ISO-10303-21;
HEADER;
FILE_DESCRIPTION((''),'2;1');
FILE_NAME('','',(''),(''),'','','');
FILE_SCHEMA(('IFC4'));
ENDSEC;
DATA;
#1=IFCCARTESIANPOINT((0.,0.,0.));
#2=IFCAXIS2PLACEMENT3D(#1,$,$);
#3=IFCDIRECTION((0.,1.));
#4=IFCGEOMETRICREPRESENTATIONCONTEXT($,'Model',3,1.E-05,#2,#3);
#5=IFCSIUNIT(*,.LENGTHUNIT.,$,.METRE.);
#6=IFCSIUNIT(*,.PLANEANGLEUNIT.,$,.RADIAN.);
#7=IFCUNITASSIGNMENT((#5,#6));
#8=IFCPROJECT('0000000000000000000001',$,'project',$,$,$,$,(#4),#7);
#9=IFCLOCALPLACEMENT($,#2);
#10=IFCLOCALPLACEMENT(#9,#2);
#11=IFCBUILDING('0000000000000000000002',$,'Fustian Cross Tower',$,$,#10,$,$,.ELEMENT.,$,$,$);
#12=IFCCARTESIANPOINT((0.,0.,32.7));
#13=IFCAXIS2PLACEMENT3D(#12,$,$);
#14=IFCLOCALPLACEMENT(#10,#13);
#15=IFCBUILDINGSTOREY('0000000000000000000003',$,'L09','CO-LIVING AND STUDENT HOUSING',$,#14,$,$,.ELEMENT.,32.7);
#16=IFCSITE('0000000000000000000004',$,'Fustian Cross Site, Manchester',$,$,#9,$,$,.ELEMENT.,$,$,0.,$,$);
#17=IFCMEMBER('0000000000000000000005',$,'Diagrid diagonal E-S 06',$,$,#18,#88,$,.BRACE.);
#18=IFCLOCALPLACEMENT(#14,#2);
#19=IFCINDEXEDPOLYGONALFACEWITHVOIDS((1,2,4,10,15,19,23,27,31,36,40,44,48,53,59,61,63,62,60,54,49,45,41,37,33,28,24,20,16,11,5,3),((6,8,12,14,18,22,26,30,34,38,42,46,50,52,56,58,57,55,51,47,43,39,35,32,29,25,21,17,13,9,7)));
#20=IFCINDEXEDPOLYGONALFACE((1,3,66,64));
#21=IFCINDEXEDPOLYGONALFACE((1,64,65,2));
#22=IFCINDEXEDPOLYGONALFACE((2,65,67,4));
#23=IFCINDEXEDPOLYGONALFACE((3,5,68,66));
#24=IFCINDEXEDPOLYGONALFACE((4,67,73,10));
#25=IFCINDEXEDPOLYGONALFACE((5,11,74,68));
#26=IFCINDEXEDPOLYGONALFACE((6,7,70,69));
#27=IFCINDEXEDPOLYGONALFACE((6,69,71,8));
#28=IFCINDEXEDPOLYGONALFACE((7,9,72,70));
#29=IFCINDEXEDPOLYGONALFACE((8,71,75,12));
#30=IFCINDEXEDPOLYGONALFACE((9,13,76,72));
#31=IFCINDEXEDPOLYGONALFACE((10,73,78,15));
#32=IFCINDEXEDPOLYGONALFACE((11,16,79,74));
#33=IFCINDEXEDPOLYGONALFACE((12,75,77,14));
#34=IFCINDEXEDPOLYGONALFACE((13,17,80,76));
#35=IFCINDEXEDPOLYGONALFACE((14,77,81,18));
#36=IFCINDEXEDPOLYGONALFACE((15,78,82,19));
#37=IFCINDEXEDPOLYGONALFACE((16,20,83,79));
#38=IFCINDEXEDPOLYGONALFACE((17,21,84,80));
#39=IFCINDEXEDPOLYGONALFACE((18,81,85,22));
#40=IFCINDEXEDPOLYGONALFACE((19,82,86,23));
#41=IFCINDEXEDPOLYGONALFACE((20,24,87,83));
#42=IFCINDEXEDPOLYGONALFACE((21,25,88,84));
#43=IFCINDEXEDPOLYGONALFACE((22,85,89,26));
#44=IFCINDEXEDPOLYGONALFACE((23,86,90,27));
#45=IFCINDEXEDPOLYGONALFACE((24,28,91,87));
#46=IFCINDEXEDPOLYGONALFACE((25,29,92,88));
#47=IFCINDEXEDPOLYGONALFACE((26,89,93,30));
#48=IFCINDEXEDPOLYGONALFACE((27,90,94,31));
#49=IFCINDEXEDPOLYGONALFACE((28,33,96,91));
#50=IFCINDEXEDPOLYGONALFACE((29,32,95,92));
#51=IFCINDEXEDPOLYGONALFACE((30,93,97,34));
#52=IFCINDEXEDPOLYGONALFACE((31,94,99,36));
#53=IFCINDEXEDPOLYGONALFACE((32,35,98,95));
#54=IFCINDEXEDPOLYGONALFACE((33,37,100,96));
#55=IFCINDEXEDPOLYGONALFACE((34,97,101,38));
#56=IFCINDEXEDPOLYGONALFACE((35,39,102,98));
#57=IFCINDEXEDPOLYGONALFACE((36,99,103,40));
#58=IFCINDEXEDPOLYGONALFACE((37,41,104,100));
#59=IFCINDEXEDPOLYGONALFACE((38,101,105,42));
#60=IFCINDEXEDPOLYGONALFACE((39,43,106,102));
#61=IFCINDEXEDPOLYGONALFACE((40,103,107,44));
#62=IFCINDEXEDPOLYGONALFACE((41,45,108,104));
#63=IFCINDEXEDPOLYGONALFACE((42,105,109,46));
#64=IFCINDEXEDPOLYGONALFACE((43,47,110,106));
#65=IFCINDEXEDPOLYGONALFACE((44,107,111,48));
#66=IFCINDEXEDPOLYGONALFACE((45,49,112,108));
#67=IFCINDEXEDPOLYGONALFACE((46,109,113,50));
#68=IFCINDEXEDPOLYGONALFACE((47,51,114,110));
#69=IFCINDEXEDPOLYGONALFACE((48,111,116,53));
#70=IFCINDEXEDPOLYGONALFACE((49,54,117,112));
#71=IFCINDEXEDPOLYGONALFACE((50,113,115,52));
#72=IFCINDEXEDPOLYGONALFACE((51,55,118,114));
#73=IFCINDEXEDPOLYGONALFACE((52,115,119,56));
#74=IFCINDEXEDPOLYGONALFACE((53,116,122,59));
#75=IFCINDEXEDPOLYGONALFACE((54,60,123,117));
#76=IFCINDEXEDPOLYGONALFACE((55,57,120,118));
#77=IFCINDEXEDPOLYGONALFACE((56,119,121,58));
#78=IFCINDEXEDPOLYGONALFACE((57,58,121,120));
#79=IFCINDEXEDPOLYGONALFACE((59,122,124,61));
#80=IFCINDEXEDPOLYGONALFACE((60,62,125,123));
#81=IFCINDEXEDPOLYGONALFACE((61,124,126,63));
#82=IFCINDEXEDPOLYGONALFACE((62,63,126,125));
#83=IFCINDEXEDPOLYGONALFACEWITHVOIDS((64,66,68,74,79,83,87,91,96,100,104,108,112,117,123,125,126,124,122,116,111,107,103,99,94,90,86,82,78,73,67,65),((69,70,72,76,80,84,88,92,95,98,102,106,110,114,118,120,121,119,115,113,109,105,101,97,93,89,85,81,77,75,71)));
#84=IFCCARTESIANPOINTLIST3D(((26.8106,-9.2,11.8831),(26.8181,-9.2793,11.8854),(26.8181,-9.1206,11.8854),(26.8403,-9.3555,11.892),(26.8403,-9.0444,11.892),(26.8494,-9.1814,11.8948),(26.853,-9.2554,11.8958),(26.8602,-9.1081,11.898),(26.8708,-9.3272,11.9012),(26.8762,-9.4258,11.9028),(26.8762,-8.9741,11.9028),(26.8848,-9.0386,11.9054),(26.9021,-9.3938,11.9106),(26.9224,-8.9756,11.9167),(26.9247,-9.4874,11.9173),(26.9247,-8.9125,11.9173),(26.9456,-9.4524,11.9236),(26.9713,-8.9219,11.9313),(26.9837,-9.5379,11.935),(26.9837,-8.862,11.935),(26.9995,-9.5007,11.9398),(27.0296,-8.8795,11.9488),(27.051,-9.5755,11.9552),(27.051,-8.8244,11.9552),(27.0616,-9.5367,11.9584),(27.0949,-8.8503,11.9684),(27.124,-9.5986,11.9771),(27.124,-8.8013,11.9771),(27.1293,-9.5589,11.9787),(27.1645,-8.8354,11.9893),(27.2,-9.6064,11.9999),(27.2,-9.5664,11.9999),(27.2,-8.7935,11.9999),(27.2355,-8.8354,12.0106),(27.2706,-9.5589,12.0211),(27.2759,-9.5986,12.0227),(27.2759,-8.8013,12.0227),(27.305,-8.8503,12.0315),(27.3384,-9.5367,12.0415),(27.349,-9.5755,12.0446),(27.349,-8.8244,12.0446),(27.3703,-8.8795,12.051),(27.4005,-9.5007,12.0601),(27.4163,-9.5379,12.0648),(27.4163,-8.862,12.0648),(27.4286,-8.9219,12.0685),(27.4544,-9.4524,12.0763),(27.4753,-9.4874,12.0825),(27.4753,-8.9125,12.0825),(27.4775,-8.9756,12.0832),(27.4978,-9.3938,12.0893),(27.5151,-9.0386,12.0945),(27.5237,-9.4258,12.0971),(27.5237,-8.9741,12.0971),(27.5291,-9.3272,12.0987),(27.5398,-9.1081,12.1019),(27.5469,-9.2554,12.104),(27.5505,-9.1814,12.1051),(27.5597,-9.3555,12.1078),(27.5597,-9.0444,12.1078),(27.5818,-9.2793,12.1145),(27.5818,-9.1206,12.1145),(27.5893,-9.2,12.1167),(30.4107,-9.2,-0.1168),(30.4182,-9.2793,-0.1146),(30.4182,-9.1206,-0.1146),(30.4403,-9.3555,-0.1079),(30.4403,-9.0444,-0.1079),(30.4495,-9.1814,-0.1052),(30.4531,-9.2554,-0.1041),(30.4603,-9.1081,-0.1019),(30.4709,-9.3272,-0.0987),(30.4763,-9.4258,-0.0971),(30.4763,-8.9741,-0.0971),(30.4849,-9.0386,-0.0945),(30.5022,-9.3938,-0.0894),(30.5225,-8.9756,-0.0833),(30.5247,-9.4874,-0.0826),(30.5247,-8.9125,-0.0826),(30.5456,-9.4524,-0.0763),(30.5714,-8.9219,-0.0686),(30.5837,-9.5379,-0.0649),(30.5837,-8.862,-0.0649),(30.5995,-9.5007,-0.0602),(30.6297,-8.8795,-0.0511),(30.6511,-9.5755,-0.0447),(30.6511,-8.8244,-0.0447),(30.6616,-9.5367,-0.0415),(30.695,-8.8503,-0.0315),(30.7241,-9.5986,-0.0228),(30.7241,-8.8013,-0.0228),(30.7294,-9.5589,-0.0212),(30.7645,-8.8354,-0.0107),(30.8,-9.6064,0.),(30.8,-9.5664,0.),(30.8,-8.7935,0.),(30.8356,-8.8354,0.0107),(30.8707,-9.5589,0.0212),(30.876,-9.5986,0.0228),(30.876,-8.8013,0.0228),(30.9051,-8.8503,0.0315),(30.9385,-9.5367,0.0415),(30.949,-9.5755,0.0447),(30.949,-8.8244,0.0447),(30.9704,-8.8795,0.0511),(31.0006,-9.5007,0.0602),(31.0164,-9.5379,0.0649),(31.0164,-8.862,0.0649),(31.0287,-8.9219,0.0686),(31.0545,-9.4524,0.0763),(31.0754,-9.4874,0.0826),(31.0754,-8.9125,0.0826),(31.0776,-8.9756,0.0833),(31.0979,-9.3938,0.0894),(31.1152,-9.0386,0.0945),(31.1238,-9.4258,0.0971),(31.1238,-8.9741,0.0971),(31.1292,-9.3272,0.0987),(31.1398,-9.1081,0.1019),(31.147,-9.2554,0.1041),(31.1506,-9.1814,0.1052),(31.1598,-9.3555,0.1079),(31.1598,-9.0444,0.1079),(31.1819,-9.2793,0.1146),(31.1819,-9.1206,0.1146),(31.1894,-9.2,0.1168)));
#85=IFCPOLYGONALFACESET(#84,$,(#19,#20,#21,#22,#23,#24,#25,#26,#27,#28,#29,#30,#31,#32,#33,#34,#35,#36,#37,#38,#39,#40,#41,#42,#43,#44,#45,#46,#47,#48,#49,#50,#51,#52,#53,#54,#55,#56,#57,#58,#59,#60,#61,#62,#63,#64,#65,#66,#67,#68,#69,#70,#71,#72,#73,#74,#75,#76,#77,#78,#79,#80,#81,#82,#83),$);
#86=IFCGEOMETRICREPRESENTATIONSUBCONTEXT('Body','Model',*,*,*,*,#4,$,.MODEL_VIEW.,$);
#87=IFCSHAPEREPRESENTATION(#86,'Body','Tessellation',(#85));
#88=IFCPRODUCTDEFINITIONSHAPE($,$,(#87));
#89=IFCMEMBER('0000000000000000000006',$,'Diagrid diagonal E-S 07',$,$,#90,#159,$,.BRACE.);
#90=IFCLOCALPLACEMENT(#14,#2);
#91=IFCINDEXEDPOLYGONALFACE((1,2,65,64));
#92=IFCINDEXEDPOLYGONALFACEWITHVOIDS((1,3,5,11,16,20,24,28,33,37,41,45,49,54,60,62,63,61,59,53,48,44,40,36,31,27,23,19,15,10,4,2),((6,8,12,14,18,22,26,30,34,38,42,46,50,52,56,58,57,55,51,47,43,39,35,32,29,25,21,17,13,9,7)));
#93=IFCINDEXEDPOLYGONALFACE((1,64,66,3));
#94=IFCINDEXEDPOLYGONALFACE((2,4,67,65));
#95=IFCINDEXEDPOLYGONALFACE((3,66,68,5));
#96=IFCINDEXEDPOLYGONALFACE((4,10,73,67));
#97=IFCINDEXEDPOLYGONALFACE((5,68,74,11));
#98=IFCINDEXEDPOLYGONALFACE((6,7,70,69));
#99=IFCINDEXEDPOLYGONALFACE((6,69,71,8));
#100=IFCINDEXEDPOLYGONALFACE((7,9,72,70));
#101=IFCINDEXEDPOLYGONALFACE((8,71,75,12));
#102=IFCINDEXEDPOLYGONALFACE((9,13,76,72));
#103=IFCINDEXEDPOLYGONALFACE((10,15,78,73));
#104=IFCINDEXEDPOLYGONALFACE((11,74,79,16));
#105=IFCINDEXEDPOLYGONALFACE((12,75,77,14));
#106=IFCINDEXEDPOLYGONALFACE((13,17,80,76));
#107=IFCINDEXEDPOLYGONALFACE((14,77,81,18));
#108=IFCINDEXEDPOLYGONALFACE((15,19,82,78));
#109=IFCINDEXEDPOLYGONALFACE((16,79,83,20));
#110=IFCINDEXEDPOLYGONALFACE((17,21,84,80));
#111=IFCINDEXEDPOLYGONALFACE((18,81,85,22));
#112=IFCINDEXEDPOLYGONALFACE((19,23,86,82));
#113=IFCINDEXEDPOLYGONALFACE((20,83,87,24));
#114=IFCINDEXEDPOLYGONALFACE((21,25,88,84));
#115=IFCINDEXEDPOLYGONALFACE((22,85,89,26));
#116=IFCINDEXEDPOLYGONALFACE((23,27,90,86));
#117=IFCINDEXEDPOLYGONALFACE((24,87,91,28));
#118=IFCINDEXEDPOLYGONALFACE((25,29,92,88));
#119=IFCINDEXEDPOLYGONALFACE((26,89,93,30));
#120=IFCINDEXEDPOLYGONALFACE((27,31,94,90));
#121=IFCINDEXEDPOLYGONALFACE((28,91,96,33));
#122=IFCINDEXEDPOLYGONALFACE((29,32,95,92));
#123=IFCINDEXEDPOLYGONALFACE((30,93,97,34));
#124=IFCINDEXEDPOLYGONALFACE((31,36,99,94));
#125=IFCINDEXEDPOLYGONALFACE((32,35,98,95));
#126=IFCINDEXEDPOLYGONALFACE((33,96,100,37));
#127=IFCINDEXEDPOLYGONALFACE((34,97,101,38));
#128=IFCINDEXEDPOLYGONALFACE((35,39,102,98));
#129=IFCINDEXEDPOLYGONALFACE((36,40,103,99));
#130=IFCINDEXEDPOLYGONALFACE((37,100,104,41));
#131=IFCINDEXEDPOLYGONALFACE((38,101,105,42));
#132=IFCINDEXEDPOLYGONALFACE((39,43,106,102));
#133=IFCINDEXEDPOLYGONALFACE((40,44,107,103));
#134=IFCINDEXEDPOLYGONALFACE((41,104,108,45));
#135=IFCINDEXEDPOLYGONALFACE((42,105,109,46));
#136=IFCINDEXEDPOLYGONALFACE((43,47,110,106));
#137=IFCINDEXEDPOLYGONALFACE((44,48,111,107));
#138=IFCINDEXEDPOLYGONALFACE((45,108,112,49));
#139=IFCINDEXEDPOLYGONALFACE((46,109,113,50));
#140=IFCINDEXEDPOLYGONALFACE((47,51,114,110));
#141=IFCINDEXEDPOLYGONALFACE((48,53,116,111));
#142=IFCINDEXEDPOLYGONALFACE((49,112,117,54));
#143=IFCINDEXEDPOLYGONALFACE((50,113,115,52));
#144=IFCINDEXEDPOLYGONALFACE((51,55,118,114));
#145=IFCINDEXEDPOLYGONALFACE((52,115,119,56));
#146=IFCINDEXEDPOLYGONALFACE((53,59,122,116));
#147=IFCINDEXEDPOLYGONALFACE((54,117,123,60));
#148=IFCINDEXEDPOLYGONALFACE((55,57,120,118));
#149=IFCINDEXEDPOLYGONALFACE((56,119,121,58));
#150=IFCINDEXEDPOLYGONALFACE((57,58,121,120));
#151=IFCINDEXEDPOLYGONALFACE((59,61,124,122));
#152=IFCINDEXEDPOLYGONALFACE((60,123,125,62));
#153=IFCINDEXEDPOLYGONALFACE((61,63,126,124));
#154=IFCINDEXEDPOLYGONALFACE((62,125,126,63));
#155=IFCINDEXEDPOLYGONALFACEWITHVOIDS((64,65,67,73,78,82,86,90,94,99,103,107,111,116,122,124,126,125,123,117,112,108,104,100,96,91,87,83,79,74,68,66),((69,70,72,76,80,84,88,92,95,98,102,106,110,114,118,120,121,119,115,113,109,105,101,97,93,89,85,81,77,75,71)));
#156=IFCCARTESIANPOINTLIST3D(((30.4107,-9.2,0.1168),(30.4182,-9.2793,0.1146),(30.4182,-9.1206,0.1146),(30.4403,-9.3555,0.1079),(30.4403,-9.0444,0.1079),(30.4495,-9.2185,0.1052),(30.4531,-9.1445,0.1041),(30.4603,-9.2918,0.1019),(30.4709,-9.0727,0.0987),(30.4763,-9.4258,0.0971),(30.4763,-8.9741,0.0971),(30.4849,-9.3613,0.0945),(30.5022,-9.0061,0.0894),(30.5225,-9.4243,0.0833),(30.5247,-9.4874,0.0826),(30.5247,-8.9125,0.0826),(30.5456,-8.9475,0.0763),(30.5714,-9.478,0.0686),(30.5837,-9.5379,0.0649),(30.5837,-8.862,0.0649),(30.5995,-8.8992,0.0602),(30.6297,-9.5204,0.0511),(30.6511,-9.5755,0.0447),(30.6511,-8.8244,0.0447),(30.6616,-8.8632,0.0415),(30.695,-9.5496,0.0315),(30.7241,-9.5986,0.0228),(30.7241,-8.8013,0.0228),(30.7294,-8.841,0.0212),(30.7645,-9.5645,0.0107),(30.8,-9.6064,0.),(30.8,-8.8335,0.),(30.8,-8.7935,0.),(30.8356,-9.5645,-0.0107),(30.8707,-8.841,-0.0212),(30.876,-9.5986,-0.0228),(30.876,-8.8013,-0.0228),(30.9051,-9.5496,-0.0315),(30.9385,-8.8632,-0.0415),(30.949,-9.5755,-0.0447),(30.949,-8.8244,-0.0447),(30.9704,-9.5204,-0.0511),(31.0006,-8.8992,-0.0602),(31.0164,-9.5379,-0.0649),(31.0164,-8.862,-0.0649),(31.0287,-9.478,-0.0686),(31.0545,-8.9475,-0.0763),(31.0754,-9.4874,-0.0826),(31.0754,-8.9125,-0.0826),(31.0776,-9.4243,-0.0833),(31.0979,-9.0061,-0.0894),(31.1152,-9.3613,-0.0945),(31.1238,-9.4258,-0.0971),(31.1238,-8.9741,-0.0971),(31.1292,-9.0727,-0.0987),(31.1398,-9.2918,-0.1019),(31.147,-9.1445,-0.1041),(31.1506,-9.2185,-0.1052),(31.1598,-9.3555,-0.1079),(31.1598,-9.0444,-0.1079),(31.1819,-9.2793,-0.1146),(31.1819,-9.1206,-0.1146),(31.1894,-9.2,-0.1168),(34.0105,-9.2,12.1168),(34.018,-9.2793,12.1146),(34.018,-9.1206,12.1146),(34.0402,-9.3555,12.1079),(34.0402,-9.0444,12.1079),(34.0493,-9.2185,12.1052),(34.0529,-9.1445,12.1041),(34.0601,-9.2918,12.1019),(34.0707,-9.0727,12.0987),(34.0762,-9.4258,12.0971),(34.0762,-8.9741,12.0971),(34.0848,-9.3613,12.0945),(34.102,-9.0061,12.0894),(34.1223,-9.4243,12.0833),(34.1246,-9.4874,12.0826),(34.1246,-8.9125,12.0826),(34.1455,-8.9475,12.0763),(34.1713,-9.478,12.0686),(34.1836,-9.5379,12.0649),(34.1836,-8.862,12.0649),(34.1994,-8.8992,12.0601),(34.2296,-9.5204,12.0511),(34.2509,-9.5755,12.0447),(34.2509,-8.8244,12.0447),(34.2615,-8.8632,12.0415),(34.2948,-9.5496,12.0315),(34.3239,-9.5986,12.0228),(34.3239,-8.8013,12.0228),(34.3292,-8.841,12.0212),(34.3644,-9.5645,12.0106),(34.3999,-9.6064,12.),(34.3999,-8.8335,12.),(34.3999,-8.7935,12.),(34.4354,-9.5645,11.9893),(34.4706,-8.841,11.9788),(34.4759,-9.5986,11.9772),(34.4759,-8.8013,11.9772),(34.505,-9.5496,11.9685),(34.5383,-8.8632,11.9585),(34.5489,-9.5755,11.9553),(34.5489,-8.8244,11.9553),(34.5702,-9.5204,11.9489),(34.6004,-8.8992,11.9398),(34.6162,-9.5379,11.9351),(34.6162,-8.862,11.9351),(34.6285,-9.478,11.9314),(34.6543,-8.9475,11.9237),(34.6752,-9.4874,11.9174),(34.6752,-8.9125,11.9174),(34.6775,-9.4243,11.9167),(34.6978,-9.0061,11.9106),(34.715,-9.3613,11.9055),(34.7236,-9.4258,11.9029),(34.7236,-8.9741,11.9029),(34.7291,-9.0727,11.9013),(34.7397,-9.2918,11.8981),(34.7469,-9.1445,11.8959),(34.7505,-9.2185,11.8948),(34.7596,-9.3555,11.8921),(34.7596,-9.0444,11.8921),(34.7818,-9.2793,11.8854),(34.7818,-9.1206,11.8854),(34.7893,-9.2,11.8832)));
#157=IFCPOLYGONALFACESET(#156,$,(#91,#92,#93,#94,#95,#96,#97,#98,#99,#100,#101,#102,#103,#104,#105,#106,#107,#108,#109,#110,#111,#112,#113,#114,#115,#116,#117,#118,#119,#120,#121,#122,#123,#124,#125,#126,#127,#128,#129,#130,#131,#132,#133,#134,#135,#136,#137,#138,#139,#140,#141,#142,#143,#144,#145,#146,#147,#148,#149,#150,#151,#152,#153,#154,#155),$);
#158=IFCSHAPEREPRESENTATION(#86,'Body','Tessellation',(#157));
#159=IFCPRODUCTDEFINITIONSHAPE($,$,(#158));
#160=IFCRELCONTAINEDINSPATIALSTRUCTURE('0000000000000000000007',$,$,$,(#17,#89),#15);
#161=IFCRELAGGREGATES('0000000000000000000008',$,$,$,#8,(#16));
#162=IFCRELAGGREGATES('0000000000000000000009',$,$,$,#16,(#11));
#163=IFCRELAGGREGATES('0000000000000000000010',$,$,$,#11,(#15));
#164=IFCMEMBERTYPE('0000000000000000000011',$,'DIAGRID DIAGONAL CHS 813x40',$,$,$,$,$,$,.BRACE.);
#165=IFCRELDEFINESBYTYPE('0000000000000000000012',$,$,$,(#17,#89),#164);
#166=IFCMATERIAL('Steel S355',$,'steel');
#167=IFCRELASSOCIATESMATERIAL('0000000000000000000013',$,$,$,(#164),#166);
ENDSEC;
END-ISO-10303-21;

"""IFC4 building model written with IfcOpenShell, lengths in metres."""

from ifc_helpers import new_model, si_unit, direction, frame, origin, origin_2d, place, context, subcontext, project, spatial, hollow_circle, extrude, material, material_profile, profile_set, type_object, element, save


model = new_model("IFC4")

# Units and contexts
model_context = context("Model", 3, precision=1e-05, world=origin(), true_north=direction((0.0, 1.0)))
body_context = subcontext(model_context, "Body", "Model", "MODEL_VIEW")
ifc_project = project(units=[si_unit("LENGTHUNIT", "METRE"), si_unit("PLANEANGLEUNIT", "RADIAN")], contexts=[model_context])

# Site, building, storey
site_placement = place(None, origin())
site = spatial("IfcSite", under=ifc_project, at=site_placement, Name="Fustian Cross Site, Manchester", CompositionType="ELEMENT", RefElevation=0.0)
building_placement = place(site_placement, origin())
building = spatial("IfcBuilding", under=site, at=building_placement, Name="Fustian Cross Tower", CompositionType="ELEMENT")
storey_placement = place(building_placement, frame((0.0, 0.0, 32.7)))
storey = spatial("IfcBuildingStorey", under=building, at=storey_placement, Name="L09", Description="CO-LIVING AND STUDENT HOUSING", CompositionType="ELEMENT", Elevation=32.7)

# Members
ifc_material_1 = material(Name="Steel S355", Category="steel")
ifc_material_profile_1 = material_profile(ifc_material_1, hollow_circle(Radius=0.4065, WallThickness=0.04, at=origin_2d()), Name="CHS 813x40")
ifc_profile_set_1 = profile_set([ifc_material_profile_1], Name="Steel S355")
member_type_1 = type_object("IfcMemberType", Name="DIAGRID DIAGONAL CHS 813x40", PredefinedType="BRACE", material=ifc_profile_set_1)
for number, where, z_axis, x_axis, name in (
    (1, (30.8, -9.2, 0.0), (-0.287355, 0.0, 0.957824), (0.0, -1.0, 0.0), "Diagrid diagonal E-S 06"),
    (2, (30.8, -9.2, 0.0), (0.287337, 0.0, 0.95783), (0.0, 1.0, 0.0), "Diagrid diagonal E-S 07"),
):
    element("IfcMember", number, at=place(storey_placement, frame(where, z_axis=z_axis, x_axis=x_axis)), inside=storey, type_object=member_type_1, Name=name, PredefinedType="BRACE", context=body_context, shape_type="SweptSolid", body=[
        extrude(hollow_circle(Radius=0.4065, WallThickness=0.04, at=origin_2d()), origin(), (0.0, 0.0, 1.0), 12.5283),
    ])

save(model, "model.ifc")
